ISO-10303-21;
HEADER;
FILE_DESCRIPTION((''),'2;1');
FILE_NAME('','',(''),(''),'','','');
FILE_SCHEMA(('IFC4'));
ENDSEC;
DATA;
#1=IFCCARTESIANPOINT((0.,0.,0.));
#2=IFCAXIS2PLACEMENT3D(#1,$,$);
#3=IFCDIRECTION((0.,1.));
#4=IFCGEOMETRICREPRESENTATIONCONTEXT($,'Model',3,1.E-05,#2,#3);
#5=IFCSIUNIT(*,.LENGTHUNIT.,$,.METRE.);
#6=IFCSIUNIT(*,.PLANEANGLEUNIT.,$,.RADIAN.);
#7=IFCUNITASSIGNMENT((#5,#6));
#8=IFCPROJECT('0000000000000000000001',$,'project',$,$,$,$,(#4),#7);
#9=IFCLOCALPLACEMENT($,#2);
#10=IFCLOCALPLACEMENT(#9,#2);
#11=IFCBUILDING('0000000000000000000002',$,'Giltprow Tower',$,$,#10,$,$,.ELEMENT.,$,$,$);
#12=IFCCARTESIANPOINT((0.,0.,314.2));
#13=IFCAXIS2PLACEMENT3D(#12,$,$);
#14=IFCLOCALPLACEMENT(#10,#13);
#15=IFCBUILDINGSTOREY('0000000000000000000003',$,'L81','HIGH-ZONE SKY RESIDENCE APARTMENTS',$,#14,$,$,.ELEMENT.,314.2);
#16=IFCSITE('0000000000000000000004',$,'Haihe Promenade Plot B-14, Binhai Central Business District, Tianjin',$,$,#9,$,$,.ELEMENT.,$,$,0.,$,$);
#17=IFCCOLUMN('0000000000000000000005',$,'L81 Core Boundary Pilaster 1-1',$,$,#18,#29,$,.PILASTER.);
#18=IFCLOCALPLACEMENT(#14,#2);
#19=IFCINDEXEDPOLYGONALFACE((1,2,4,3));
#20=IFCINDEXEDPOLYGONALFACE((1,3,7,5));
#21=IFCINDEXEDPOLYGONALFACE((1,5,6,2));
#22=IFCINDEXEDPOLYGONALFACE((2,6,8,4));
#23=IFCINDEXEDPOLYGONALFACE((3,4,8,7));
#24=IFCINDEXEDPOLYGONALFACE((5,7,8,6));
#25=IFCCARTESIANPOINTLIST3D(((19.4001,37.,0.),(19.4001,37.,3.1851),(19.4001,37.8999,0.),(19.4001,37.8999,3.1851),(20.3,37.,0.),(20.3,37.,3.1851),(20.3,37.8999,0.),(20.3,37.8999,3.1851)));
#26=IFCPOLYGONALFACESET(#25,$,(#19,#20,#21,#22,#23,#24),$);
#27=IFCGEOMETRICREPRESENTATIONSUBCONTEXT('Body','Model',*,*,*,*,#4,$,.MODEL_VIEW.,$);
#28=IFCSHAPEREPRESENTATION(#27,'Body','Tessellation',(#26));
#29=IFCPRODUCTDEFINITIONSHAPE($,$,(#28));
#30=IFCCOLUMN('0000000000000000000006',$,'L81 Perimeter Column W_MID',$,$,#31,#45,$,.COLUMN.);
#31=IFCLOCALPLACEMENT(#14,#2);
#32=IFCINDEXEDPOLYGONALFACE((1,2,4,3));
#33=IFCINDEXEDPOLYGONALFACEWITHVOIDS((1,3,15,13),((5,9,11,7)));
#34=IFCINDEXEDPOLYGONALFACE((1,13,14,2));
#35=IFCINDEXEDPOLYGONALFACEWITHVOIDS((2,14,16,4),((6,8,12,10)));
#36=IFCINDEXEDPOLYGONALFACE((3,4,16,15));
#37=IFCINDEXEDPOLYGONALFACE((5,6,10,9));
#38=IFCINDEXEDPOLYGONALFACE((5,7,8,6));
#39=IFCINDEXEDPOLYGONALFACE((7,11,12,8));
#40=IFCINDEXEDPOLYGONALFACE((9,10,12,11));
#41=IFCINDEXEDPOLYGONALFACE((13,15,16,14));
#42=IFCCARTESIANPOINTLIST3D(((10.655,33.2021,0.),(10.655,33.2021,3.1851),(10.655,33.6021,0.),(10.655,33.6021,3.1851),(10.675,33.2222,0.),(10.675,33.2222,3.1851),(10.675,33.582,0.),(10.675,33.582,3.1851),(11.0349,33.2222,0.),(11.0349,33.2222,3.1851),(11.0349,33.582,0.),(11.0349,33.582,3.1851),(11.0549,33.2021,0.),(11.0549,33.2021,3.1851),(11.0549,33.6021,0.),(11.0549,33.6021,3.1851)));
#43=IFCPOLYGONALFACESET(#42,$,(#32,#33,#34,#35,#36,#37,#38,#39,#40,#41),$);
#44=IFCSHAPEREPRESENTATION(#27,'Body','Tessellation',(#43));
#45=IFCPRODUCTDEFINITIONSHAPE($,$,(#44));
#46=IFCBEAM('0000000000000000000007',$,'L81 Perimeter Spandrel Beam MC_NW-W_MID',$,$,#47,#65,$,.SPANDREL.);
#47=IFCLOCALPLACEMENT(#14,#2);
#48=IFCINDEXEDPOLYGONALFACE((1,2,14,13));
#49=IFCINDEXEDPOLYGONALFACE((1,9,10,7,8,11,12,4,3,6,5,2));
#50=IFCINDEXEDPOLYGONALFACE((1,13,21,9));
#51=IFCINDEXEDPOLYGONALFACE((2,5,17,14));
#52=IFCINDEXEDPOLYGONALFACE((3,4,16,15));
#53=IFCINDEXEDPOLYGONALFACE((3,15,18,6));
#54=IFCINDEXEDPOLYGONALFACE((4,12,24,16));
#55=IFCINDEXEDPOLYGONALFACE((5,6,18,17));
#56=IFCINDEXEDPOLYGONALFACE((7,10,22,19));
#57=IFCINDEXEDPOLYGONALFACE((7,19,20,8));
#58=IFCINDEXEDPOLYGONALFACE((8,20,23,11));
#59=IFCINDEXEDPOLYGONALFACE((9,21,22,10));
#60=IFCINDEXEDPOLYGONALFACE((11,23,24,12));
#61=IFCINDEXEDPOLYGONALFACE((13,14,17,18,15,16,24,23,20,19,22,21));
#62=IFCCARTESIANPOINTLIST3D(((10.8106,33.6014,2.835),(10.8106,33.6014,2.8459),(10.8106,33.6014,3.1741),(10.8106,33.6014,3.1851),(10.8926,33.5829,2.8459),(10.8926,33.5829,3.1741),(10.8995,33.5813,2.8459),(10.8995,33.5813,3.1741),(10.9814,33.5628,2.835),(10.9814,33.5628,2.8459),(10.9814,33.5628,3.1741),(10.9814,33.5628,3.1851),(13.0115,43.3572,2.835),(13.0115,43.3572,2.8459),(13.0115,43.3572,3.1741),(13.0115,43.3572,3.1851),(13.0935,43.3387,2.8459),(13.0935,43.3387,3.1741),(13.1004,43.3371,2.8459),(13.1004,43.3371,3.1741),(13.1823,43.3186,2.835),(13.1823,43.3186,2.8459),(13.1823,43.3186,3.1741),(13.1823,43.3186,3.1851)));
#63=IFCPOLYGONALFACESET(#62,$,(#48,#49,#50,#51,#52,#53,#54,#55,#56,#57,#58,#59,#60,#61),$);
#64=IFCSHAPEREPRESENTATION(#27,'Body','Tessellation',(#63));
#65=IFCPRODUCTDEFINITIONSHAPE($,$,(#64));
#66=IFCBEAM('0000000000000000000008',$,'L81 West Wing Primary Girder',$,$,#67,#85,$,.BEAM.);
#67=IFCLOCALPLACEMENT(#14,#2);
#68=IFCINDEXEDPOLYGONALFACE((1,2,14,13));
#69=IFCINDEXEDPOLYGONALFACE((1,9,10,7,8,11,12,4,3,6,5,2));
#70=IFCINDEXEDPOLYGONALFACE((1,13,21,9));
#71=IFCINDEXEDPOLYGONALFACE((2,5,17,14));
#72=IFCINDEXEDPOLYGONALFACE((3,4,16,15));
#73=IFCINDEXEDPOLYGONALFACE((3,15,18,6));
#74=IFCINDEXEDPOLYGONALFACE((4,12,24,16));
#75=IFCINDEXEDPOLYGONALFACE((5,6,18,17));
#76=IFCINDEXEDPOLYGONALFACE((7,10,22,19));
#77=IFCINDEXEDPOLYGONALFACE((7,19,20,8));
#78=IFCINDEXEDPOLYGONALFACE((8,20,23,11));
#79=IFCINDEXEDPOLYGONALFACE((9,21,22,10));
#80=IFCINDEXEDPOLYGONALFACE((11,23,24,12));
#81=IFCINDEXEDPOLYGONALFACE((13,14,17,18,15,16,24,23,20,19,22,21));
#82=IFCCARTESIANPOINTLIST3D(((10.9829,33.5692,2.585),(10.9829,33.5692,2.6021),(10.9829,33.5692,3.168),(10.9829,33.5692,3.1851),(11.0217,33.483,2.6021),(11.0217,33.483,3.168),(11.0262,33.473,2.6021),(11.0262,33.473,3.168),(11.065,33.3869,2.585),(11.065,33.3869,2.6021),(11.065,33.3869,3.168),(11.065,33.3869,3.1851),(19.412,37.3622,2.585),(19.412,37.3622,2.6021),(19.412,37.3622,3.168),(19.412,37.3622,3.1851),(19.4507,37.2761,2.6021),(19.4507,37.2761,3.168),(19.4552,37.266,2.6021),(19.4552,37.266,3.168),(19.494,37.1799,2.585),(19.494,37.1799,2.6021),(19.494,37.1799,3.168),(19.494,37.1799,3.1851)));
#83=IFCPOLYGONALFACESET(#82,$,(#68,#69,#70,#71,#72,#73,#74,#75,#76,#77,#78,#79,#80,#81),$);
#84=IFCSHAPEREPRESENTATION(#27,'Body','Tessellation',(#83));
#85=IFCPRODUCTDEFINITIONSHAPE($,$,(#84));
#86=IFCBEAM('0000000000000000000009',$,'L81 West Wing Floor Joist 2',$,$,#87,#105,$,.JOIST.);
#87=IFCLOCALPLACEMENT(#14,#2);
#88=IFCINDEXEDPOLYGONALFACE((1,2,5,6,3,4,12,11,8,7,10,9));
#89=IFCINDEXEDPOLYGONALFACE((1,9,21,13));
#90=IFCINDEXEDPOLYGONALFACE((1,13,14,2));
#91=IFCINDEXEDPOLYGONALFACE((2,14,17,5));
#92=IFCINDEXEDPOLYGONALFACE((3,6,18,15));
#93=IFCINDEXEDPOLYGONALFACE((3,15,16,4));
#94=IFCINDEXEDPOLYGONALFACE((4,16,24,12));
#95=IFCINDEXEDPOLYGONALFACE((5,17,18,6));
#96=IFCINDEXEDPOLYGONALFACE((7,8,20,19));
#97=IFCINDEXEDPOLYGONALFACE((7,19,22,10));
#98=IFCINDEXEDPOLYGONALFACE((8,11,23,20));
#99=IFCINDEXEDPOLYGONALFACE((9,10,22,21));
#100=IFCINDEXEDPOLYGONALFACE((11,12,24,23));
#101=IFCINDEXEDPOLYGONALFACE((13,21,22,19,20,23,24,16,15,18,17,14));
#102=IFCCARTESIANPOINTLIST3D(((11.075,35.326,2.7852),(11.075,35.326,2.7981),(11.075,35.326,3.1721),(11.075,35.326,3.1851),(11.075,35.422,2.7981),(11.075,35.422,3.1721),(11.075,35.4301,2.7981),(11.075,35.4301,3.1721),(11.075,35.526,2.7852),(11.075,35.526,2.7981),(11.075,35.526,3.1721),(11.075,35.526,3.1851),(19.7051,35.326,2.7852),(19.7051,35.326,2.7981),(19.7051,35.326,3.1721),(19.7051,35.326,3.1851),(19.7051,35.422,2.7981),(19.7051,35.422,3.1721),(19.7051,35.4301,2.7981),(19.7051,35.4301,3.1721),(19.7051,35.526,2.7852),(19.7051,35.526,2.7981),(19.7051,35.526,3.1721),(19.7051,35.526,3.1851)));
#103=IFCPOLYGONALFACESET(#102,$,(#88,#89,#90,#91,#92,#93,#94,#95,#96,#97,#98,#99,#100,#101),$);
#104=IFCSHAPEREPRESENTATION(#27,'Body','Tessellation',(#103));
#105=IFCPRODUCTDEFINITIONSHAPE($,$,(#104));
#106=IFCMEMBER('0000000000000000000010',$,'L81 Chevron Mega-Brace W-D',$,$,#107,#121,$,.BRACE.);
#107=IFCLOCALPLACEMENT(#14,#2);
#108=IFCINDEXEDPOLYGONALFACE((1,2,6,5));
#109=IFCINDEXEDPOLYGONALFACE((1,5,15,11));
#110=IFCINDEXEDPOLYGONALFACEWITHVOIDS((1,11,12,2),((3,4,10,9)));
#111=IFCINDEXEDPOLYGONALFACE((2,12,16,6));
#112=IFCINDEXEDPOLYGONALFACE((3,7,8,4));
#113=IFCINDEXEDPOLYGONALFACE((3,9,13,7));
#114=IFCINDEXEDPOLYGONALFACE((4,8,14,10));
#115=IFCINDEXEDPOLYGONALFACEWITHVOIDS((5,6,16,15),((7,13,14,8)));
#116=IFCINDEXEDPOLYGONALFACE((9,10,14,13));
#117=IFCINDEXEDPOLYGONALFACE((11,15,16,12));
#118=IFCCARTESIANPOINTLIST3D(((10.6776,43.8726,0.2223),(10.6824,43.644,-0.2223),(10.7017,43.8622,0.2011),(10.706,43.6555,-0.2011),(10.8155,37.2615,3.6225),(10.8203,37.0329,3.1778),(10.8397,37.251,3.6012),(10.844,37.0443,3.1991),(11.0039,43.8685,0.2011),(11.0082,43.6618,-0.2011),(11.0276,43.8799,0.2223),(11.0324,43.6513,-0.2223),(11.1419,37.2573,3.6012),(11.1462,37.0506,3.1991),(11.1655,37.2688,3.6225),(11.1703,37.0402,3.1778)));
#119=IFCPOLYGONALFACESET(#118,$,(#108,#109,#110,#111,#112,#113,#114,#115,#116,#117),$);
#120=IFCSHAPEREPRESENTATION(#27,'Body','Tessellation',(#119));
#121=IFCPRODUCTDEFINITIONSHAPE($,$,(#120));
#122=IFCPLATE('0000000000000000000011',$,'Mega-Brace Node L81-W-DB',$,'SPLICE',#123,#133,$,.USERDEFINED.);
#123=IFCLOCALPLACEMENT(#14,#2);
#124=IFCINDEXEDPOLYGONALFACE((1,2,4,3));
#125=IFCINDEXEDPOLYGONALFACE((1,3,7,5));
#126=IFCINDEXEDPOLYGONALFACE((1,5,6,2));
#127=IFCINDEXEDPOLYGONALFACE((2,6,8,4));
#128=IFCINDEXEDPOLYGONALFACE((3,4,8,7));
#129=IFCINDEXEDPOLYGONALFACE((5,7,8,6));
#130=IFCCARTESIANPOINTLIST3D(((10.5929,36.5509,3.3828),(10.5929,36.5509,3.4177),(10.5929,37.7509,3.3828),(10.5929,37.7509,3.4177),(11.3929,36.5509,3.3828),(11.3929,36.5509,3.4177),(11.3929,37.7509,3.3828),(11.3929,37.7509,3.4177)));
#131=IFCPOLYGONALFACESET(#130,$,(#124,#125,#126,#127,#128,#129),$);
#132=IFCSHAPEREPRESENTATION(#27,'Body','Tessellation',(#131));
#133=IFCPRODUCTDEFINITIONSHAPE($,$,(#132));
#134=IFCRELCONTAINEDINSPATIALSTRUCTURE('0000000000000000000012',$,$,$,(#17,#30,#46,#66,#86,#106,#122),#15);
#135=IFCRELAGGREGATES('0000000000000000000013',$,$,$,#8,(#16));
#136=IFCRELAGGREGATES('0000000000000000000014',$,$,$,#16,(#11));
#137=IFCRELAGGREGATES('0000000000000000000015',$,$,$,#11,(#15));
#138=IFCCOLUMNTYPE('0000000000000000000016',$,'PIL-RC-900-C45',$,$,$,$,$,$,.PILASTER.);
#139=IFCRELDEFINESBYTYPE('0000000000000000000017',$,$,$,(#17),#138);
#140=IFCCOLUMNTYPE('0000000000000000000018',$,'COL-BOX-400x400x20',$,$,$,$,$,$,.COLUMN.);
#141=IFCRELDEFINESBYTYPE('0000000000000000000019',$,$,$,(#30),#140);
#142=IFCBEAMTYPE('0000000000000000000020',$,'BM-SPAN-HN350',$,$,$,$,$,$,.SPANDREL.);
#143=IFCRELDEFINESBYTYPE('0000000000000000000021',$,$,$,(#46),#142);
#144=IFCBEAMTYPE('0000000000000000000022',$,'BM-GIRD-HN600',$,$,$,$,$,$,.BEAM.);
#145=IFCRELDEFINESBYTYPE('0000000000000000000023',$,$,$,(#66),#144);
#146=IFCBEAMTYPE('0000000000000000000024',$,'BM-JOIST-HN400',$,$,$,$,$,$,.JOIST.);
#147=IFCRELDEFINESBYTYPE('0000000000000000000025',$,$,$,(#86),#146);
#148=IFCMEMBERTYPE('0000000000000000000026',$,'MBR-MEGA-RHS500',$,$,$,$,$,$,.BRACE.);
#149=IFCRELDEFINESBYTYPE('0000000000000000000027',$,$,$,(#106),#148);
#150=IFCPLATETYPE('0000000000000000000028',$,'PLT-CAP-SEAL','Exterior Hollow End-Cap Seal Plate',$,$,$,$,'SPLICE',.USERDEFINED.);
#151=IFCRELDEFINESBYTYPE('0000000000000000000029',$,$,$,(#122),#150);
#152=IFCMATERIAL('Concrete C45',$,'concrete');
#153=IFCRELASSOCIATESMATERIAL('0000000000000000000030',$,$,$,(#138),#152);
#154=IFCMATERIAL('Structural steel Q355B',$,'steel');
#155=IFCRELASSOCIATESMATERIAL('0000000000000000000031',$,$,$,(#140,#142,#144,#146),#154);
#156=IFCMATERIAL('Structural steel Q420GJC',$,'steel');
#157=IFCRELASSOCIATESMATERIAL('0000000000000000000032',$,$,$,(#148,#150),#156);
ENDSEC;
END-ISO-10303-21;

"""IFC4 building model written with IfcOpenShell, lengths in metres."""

from ifc_helpers import new_model, si_unit, direction, frame, origin, origin_2d, place, context, subcontext, project, spatial, rectangle, hollow_rectangle, i_section, extrude, source, transform, mapped, material, material_profile, profile_set, type_object, element, save


model = new_model("IFC4")

# Units and contexts
model_context = context("Model", 3, precision=1e-05, world=origin(), true_north=direction((0.0, 1.0)))
body_context = subcontext(model_context, "Body", "Model", "MODEL_VIEW")
ifc_project = project(units=[si_unit("LENGTHUNIT", "METRE"), si_unit("PLANEANGLEUNIT", "RADIAN")], contexts=[model_context])

# Site, building, storey
site_placement = place(None, origin())
site = spatial("IfcSite", under=ifc_project, at=site_placement, Name="Haihe Promenade Plot B-14, Binhai Central Business District, Tianjin", CompositionType="ELEMENT", RefElevation=0.0)
building_placement = place(site_placement, origin())
building = spatial("IfcBuilding", under=site, at=building_placement, Name="Giltprow Tower", CompositionType="ELEMENT")
storey_placement = place(building_placement, frame((0.0, 0.0, 314.2)))
storey = spatial("IfcBuildingStorey", under=building, at=storey_placement, Name="L81", Description="HIGH-ZONE SKY RESIDENCE APARTMENTS", CompositionType="ELEMENT", Elevation=314.2)

# Columns
ifc_material_1 = material(Name="Concrete C45", Category="concrete")
ifc_material_profile_1 = material_profile(ifc_material_1, rectangle(XDim=0.8999, YDim=0.8999, at=origin_2d()), Name="RC 900x900")
ifc_profile_set_1 = profile_set([ifc_material_profile_1], Name="Concrete C45")
column_type_1 = type_object("IfcColumnType", Name="PIL-RC-900-C45", PredefinedType="PILASTER", material=ifc_profile_set_1)
shared_shape_1 = source(origin(), body_context, "Body", "SweptSolid", [
    extrude(rectangle(XDim=0.8999, YDim=0.8999, at=origin_2d()), origin(), (0.0, 0.0, 1.0), 3.1851),
])
column_1_placement = place(storey_placement, frame((19.8501, 37.45, 0.0), z_axis=(0.0, 0.0, 1.0), x_axis=(1.0, 0.0, 0.0)))
element("IfcColumn", 1, at=column_1_placement, inside=storey, type_object=column_type_1, Name="L81 Core Boundary Pilaster 1-1", PredefinedType="PILASTER", context=body_context, shape_type="MappedRepresentation", body=[
    mapped(shared_shape_1, transform((0.0, 0.0, 0.0), x_axis=(1.0, 0.0, 0.0), y_axis=(0.0, 1.0, 0.0), z_axis=(0.0, 0.0, 1.0), scale=1.0)),
])
ifc_material_2 = material(Name="Structural steel Q355B", Category="steel")
ifc_material_profile_2 = material_profile(ifc_material_2, hollow_rectangle(XDim=0.3999, YDim=0.3999, WallThickness=0.02, at=origin_2d()), Name="BOX 400x400x20")
ifc_profile_set_2 = profile_set([ifc_material_profile_2], Name="Structural steel Q355B")
column_type_2 = type_object("IfcColumnType", Name="COL-BOX-400x400x20", PredefinedType="COLUMN", material=ifc_profile_set_2)
shared_shape_2 = source(origin(), body_context, "Body", "SweptSolid", [
    extrude(hollow_rectangle(XDim=0.3999, YDim=0.3999, WallThickness=0.02, at=origin_2d()), origin(), (0.0, 0.0, 1.0), 3.1851),
])
column_2_placement = place(storey_placement, frame((10.855, 33.4021, 0.0), z_axis=(0.0, 0.0, 1.0), x_axis=(1.0, 0.0, 0.0)))
element("IfcColumn", 2, at=column_2_placement, inside=storey, type_object=column_type_2, Name="L81 Perimeter Column W_MID", PredefinedType="COLUMN", context=body_context, shape_type="MappedRepresentation", body=[
    mapped(shared_shape_2, transform((0.0, 0.0, 0.0), x_axis=(1.0, 0.0, 0.0), y_axis=(0.0, 1.0, 0.0), z_axis=(0.0, 0.0, 1.0), scale=1.0)),
])

# Beams
ifc_material_profile_3 = material_profile(ifc_material_2, i_section(OverallWidth=0.175, OverallDepth=0.3501, WebThickness=0.0071, FlangeThickness=0.011, at=origin_2d()), Name="HN 350x175x7x11")
ifc_profile_set_3 = profile_set([ifc_material_profile_3], Name="Structural steel Q355B")
beam_type_1 = type_object("IfcBeamType", Name="BM-SPAN-HN350", PredefinedType="SPANDREL", material=ifc_profile_set_3)
shared_shape_3 = source(origin(), body_context, "Body", "SweptSolid", [
    extrude(i_section(OverallWidth=0.175, OverallDepth=0.3501, WebThickness=0.0071, FlangeThickness=0.011, at=origin_2d()), origin(), (0.0, 0.0, 1.0), 10.001),
])
beam_1_placement = place(storey_placement, frame((13.0969, 43.3379, 3.01), z_axis=(-0.22007, -0.975484, 0.0), x_axis=(0.975484, -0.22007, 0.0)))
element("IfcBeam", 3, at=beam_1_placement, inside=storey, type_object=beam_type_1, Name="L81 Perimeter Spandrel Beam MC_NW-W_MID", PredefinedType="SPANDREL", context=body_context, shape_type="MappedRepresentation", body=[
    mapped(shared_shape_3, transform((0.0, 0.0, 0.0), x_axis=(1.0, 0.0, 0.0), y_axis=(0.0, 1.0, 0.0), z_axis=(0.0, 0.0, 1.0), scale=1.0)),
])
ifc_material_profile_4 = material_profile(ifc_material_2, i_section(OverallWidth=0.2, OverallDepth=0.6001, WebThickness=0.011, FlangeThickness=0.0171, at=origin_2d()), Name="HN 600x200x11x17")
ifc_profile_set_4 = profile_set([ifc_material_profile_4], Name="Structural steel Q355B")
beam_type_2 = type_object("IfcBeamType", Name="BM-GIRD-HN600", PredefinedType="BEAM", material=ifc_profile_set_4)
shared_shape_4 = source(origin(), body_context, "Body", "SweptSolid", [
    extrude(i_section(OverallWidth=0.2, OverallDepth=0.6001, WebThickness=0.011, FlangeThickness=0.0171, at=origin_2d()), origin(), (0.0, 0.0, 1.0), 9.2432),
])
beam_2_placement = place(storey_placement, frame((11.0239, 33.478, 2.885), z_axis=(0.911924, 0.410359, 0.0), x_axis=(-0.410359, 0.911924, 0.0)))
element("IfcBeam", 4, at=beam_2_placement, inside=storey, type_object=beam_type_2, Name="L81 West Wing Primary Girder", PredefinedType="BEAM", context=body_context, shape_type="MappedRepresentation", body=[
    mapped(shared_shape_4, transform((0.0, 0.0, 0.0), x_axis=(1.0, 0.0, 0.0), y_axis=(0.0, 1.0, 0.0), z_axis=(0.0, 0.0, 1.0), scale=1.0)),
])
ifc_material_profile_5 = material_profile(ifc_material_2, i_section(OverallWidth=0.2, OverallDepth=0.3999, WebThickness=0.0081, FlangeThickness=0.0129, at=origin_2d()), Name="HN 400x200x8x13")
ifc_profile_set_5 = profile_set([ifc_material_profile_5], Name="Structural steel Q355B")
beam_type_3 = type_object("IfcBeamType", Name="BM-JOIST-HN400", PredefinedType="JOIST", material=ifc_profile_set_5)
shared_shape_5 = source(origin(), body_context, "Body", "SweptSolid", [
    extrude(i_section(OverallWidth=0.2, OverallDepth=0.3999, WebThickness=0.0081, FlangeThickness=0.0129, at=origin_2d()), origin(), (0.0, 0.0, 1.0), 8.6301),
])
beam_3_placement = place(storey_placement, frame((11.075, 35.426, 2.9851), z_axis=(1.0, 0.0, 0.0), x_axis=(0.0, 1.0, 0.0)))
element("IfcBeam", 5, at=beam_3_placement, inside=storey, type_object=beam_type_3, Name="L81 West Wing Floor Joist 2", PredefinedType="JOIST", context=body_context, shape_type="MappedRepresentation", body=[
    mapped(shared_shape_5, transform((0.0, 0.0, 0.0), x_axis=(1.0, 0.0, 0.0), y_axis=(0.0, 1.0, 0.0), z_axis=(0.0, 0.0, 1.0), scale=1.0)),
])

# Member
ifc_material_3 = material(Name="Structural steel Q420GJC", Category="steel")
ifc_material_profile_6 = material_profile(ifc_material_3, hollow_rectangle(XDim=0.3501, YDim=0.5, WallThickness=0.0239, at=origin_2d()), Name="RHS 500x350x24")
ifc_profile_set_6 = profile_set([ifc_material_profile_6], Name="Structural steel Q420GJC")
member_type = type_object("IfcMemberType", Name="MBR-MEGA-RHS500", PredefinedType="BRACE", material=ifc_profile_set_6)
shared_shape_6 = source(origin(), body_context, "Body", "SweptSolid", [
    extrude(hollow_rectangle(XDim=0.3501, YDim=0.5, WallThickness=0.0239, at=origin_2d()), origin(), (0.0, 0.0, 1.0), 7.4355),
])
member_placement = place(storey_placement, frame((10.855, 43.762, 0.0), z_axis=(0.018552, -0.889126, 0.457286), x_axis=(0.999782, 0.02086, 0.0)))
element("IfcMember", 6, at=member_placement, inside=storey, type_object=member_type, Name="L81 Chevron Mega-Brace W-D", PredefinedType="BRACE", context=body_context, shape_type="MappedRepresentation", body=[
    mapped(shared_shape_6, transform((0.0, 0.0, 0.0), x_axis=(1.0, 0.0, 0.0), y_axis=(0.0, 1.0, 0.0), z_axis=(0.0, 0.0, 1.0), scale=1.0)),
])

# Plate
plate_type = type_object("IfcPlateType", Name="PLT-CAP-SEAL", Description="Exterior Hollow End-Cap Seal Plate", ElementType="SPLICE", PredefinedType="USERDEFINED", material=ifc_material_3)
shared_shape_7 = source(origin(), body_context, "Body", "SweptSolid", [
    extrude(rectangle(XDim=1.2, YDim=0.8, at=origin_2d()), origin(), (0.0, 0.0, 1.0), 0.0349),
])
plate_placement = place(storey_placement, frame((10.9929, 37.1509, 3.3828), z_axis=(0.0, 0.0, 1.0), x_axis=(0.0, 1.0, 0.0)))
element("IfcPlate", 7, at=plate_placement, inside=storey, type_object=plate_type, Name="Mega-Brace Node L81-W-DB", ObjectType="SPLICE", PredefinedType="USERDEFINED", context=body_context, shape_type="MappedRepresentation", body=[
    mapped(shared_shape_7, transform((0.0, 0.0, 0.0), x_axis=(1.0, 0.0, 0.0), y_axis=(0.0, 1.0, 0.0), z_axis=(0.0, 0.0, 1.0), scale=1.0)),
])

save(model, "model.ifc")
